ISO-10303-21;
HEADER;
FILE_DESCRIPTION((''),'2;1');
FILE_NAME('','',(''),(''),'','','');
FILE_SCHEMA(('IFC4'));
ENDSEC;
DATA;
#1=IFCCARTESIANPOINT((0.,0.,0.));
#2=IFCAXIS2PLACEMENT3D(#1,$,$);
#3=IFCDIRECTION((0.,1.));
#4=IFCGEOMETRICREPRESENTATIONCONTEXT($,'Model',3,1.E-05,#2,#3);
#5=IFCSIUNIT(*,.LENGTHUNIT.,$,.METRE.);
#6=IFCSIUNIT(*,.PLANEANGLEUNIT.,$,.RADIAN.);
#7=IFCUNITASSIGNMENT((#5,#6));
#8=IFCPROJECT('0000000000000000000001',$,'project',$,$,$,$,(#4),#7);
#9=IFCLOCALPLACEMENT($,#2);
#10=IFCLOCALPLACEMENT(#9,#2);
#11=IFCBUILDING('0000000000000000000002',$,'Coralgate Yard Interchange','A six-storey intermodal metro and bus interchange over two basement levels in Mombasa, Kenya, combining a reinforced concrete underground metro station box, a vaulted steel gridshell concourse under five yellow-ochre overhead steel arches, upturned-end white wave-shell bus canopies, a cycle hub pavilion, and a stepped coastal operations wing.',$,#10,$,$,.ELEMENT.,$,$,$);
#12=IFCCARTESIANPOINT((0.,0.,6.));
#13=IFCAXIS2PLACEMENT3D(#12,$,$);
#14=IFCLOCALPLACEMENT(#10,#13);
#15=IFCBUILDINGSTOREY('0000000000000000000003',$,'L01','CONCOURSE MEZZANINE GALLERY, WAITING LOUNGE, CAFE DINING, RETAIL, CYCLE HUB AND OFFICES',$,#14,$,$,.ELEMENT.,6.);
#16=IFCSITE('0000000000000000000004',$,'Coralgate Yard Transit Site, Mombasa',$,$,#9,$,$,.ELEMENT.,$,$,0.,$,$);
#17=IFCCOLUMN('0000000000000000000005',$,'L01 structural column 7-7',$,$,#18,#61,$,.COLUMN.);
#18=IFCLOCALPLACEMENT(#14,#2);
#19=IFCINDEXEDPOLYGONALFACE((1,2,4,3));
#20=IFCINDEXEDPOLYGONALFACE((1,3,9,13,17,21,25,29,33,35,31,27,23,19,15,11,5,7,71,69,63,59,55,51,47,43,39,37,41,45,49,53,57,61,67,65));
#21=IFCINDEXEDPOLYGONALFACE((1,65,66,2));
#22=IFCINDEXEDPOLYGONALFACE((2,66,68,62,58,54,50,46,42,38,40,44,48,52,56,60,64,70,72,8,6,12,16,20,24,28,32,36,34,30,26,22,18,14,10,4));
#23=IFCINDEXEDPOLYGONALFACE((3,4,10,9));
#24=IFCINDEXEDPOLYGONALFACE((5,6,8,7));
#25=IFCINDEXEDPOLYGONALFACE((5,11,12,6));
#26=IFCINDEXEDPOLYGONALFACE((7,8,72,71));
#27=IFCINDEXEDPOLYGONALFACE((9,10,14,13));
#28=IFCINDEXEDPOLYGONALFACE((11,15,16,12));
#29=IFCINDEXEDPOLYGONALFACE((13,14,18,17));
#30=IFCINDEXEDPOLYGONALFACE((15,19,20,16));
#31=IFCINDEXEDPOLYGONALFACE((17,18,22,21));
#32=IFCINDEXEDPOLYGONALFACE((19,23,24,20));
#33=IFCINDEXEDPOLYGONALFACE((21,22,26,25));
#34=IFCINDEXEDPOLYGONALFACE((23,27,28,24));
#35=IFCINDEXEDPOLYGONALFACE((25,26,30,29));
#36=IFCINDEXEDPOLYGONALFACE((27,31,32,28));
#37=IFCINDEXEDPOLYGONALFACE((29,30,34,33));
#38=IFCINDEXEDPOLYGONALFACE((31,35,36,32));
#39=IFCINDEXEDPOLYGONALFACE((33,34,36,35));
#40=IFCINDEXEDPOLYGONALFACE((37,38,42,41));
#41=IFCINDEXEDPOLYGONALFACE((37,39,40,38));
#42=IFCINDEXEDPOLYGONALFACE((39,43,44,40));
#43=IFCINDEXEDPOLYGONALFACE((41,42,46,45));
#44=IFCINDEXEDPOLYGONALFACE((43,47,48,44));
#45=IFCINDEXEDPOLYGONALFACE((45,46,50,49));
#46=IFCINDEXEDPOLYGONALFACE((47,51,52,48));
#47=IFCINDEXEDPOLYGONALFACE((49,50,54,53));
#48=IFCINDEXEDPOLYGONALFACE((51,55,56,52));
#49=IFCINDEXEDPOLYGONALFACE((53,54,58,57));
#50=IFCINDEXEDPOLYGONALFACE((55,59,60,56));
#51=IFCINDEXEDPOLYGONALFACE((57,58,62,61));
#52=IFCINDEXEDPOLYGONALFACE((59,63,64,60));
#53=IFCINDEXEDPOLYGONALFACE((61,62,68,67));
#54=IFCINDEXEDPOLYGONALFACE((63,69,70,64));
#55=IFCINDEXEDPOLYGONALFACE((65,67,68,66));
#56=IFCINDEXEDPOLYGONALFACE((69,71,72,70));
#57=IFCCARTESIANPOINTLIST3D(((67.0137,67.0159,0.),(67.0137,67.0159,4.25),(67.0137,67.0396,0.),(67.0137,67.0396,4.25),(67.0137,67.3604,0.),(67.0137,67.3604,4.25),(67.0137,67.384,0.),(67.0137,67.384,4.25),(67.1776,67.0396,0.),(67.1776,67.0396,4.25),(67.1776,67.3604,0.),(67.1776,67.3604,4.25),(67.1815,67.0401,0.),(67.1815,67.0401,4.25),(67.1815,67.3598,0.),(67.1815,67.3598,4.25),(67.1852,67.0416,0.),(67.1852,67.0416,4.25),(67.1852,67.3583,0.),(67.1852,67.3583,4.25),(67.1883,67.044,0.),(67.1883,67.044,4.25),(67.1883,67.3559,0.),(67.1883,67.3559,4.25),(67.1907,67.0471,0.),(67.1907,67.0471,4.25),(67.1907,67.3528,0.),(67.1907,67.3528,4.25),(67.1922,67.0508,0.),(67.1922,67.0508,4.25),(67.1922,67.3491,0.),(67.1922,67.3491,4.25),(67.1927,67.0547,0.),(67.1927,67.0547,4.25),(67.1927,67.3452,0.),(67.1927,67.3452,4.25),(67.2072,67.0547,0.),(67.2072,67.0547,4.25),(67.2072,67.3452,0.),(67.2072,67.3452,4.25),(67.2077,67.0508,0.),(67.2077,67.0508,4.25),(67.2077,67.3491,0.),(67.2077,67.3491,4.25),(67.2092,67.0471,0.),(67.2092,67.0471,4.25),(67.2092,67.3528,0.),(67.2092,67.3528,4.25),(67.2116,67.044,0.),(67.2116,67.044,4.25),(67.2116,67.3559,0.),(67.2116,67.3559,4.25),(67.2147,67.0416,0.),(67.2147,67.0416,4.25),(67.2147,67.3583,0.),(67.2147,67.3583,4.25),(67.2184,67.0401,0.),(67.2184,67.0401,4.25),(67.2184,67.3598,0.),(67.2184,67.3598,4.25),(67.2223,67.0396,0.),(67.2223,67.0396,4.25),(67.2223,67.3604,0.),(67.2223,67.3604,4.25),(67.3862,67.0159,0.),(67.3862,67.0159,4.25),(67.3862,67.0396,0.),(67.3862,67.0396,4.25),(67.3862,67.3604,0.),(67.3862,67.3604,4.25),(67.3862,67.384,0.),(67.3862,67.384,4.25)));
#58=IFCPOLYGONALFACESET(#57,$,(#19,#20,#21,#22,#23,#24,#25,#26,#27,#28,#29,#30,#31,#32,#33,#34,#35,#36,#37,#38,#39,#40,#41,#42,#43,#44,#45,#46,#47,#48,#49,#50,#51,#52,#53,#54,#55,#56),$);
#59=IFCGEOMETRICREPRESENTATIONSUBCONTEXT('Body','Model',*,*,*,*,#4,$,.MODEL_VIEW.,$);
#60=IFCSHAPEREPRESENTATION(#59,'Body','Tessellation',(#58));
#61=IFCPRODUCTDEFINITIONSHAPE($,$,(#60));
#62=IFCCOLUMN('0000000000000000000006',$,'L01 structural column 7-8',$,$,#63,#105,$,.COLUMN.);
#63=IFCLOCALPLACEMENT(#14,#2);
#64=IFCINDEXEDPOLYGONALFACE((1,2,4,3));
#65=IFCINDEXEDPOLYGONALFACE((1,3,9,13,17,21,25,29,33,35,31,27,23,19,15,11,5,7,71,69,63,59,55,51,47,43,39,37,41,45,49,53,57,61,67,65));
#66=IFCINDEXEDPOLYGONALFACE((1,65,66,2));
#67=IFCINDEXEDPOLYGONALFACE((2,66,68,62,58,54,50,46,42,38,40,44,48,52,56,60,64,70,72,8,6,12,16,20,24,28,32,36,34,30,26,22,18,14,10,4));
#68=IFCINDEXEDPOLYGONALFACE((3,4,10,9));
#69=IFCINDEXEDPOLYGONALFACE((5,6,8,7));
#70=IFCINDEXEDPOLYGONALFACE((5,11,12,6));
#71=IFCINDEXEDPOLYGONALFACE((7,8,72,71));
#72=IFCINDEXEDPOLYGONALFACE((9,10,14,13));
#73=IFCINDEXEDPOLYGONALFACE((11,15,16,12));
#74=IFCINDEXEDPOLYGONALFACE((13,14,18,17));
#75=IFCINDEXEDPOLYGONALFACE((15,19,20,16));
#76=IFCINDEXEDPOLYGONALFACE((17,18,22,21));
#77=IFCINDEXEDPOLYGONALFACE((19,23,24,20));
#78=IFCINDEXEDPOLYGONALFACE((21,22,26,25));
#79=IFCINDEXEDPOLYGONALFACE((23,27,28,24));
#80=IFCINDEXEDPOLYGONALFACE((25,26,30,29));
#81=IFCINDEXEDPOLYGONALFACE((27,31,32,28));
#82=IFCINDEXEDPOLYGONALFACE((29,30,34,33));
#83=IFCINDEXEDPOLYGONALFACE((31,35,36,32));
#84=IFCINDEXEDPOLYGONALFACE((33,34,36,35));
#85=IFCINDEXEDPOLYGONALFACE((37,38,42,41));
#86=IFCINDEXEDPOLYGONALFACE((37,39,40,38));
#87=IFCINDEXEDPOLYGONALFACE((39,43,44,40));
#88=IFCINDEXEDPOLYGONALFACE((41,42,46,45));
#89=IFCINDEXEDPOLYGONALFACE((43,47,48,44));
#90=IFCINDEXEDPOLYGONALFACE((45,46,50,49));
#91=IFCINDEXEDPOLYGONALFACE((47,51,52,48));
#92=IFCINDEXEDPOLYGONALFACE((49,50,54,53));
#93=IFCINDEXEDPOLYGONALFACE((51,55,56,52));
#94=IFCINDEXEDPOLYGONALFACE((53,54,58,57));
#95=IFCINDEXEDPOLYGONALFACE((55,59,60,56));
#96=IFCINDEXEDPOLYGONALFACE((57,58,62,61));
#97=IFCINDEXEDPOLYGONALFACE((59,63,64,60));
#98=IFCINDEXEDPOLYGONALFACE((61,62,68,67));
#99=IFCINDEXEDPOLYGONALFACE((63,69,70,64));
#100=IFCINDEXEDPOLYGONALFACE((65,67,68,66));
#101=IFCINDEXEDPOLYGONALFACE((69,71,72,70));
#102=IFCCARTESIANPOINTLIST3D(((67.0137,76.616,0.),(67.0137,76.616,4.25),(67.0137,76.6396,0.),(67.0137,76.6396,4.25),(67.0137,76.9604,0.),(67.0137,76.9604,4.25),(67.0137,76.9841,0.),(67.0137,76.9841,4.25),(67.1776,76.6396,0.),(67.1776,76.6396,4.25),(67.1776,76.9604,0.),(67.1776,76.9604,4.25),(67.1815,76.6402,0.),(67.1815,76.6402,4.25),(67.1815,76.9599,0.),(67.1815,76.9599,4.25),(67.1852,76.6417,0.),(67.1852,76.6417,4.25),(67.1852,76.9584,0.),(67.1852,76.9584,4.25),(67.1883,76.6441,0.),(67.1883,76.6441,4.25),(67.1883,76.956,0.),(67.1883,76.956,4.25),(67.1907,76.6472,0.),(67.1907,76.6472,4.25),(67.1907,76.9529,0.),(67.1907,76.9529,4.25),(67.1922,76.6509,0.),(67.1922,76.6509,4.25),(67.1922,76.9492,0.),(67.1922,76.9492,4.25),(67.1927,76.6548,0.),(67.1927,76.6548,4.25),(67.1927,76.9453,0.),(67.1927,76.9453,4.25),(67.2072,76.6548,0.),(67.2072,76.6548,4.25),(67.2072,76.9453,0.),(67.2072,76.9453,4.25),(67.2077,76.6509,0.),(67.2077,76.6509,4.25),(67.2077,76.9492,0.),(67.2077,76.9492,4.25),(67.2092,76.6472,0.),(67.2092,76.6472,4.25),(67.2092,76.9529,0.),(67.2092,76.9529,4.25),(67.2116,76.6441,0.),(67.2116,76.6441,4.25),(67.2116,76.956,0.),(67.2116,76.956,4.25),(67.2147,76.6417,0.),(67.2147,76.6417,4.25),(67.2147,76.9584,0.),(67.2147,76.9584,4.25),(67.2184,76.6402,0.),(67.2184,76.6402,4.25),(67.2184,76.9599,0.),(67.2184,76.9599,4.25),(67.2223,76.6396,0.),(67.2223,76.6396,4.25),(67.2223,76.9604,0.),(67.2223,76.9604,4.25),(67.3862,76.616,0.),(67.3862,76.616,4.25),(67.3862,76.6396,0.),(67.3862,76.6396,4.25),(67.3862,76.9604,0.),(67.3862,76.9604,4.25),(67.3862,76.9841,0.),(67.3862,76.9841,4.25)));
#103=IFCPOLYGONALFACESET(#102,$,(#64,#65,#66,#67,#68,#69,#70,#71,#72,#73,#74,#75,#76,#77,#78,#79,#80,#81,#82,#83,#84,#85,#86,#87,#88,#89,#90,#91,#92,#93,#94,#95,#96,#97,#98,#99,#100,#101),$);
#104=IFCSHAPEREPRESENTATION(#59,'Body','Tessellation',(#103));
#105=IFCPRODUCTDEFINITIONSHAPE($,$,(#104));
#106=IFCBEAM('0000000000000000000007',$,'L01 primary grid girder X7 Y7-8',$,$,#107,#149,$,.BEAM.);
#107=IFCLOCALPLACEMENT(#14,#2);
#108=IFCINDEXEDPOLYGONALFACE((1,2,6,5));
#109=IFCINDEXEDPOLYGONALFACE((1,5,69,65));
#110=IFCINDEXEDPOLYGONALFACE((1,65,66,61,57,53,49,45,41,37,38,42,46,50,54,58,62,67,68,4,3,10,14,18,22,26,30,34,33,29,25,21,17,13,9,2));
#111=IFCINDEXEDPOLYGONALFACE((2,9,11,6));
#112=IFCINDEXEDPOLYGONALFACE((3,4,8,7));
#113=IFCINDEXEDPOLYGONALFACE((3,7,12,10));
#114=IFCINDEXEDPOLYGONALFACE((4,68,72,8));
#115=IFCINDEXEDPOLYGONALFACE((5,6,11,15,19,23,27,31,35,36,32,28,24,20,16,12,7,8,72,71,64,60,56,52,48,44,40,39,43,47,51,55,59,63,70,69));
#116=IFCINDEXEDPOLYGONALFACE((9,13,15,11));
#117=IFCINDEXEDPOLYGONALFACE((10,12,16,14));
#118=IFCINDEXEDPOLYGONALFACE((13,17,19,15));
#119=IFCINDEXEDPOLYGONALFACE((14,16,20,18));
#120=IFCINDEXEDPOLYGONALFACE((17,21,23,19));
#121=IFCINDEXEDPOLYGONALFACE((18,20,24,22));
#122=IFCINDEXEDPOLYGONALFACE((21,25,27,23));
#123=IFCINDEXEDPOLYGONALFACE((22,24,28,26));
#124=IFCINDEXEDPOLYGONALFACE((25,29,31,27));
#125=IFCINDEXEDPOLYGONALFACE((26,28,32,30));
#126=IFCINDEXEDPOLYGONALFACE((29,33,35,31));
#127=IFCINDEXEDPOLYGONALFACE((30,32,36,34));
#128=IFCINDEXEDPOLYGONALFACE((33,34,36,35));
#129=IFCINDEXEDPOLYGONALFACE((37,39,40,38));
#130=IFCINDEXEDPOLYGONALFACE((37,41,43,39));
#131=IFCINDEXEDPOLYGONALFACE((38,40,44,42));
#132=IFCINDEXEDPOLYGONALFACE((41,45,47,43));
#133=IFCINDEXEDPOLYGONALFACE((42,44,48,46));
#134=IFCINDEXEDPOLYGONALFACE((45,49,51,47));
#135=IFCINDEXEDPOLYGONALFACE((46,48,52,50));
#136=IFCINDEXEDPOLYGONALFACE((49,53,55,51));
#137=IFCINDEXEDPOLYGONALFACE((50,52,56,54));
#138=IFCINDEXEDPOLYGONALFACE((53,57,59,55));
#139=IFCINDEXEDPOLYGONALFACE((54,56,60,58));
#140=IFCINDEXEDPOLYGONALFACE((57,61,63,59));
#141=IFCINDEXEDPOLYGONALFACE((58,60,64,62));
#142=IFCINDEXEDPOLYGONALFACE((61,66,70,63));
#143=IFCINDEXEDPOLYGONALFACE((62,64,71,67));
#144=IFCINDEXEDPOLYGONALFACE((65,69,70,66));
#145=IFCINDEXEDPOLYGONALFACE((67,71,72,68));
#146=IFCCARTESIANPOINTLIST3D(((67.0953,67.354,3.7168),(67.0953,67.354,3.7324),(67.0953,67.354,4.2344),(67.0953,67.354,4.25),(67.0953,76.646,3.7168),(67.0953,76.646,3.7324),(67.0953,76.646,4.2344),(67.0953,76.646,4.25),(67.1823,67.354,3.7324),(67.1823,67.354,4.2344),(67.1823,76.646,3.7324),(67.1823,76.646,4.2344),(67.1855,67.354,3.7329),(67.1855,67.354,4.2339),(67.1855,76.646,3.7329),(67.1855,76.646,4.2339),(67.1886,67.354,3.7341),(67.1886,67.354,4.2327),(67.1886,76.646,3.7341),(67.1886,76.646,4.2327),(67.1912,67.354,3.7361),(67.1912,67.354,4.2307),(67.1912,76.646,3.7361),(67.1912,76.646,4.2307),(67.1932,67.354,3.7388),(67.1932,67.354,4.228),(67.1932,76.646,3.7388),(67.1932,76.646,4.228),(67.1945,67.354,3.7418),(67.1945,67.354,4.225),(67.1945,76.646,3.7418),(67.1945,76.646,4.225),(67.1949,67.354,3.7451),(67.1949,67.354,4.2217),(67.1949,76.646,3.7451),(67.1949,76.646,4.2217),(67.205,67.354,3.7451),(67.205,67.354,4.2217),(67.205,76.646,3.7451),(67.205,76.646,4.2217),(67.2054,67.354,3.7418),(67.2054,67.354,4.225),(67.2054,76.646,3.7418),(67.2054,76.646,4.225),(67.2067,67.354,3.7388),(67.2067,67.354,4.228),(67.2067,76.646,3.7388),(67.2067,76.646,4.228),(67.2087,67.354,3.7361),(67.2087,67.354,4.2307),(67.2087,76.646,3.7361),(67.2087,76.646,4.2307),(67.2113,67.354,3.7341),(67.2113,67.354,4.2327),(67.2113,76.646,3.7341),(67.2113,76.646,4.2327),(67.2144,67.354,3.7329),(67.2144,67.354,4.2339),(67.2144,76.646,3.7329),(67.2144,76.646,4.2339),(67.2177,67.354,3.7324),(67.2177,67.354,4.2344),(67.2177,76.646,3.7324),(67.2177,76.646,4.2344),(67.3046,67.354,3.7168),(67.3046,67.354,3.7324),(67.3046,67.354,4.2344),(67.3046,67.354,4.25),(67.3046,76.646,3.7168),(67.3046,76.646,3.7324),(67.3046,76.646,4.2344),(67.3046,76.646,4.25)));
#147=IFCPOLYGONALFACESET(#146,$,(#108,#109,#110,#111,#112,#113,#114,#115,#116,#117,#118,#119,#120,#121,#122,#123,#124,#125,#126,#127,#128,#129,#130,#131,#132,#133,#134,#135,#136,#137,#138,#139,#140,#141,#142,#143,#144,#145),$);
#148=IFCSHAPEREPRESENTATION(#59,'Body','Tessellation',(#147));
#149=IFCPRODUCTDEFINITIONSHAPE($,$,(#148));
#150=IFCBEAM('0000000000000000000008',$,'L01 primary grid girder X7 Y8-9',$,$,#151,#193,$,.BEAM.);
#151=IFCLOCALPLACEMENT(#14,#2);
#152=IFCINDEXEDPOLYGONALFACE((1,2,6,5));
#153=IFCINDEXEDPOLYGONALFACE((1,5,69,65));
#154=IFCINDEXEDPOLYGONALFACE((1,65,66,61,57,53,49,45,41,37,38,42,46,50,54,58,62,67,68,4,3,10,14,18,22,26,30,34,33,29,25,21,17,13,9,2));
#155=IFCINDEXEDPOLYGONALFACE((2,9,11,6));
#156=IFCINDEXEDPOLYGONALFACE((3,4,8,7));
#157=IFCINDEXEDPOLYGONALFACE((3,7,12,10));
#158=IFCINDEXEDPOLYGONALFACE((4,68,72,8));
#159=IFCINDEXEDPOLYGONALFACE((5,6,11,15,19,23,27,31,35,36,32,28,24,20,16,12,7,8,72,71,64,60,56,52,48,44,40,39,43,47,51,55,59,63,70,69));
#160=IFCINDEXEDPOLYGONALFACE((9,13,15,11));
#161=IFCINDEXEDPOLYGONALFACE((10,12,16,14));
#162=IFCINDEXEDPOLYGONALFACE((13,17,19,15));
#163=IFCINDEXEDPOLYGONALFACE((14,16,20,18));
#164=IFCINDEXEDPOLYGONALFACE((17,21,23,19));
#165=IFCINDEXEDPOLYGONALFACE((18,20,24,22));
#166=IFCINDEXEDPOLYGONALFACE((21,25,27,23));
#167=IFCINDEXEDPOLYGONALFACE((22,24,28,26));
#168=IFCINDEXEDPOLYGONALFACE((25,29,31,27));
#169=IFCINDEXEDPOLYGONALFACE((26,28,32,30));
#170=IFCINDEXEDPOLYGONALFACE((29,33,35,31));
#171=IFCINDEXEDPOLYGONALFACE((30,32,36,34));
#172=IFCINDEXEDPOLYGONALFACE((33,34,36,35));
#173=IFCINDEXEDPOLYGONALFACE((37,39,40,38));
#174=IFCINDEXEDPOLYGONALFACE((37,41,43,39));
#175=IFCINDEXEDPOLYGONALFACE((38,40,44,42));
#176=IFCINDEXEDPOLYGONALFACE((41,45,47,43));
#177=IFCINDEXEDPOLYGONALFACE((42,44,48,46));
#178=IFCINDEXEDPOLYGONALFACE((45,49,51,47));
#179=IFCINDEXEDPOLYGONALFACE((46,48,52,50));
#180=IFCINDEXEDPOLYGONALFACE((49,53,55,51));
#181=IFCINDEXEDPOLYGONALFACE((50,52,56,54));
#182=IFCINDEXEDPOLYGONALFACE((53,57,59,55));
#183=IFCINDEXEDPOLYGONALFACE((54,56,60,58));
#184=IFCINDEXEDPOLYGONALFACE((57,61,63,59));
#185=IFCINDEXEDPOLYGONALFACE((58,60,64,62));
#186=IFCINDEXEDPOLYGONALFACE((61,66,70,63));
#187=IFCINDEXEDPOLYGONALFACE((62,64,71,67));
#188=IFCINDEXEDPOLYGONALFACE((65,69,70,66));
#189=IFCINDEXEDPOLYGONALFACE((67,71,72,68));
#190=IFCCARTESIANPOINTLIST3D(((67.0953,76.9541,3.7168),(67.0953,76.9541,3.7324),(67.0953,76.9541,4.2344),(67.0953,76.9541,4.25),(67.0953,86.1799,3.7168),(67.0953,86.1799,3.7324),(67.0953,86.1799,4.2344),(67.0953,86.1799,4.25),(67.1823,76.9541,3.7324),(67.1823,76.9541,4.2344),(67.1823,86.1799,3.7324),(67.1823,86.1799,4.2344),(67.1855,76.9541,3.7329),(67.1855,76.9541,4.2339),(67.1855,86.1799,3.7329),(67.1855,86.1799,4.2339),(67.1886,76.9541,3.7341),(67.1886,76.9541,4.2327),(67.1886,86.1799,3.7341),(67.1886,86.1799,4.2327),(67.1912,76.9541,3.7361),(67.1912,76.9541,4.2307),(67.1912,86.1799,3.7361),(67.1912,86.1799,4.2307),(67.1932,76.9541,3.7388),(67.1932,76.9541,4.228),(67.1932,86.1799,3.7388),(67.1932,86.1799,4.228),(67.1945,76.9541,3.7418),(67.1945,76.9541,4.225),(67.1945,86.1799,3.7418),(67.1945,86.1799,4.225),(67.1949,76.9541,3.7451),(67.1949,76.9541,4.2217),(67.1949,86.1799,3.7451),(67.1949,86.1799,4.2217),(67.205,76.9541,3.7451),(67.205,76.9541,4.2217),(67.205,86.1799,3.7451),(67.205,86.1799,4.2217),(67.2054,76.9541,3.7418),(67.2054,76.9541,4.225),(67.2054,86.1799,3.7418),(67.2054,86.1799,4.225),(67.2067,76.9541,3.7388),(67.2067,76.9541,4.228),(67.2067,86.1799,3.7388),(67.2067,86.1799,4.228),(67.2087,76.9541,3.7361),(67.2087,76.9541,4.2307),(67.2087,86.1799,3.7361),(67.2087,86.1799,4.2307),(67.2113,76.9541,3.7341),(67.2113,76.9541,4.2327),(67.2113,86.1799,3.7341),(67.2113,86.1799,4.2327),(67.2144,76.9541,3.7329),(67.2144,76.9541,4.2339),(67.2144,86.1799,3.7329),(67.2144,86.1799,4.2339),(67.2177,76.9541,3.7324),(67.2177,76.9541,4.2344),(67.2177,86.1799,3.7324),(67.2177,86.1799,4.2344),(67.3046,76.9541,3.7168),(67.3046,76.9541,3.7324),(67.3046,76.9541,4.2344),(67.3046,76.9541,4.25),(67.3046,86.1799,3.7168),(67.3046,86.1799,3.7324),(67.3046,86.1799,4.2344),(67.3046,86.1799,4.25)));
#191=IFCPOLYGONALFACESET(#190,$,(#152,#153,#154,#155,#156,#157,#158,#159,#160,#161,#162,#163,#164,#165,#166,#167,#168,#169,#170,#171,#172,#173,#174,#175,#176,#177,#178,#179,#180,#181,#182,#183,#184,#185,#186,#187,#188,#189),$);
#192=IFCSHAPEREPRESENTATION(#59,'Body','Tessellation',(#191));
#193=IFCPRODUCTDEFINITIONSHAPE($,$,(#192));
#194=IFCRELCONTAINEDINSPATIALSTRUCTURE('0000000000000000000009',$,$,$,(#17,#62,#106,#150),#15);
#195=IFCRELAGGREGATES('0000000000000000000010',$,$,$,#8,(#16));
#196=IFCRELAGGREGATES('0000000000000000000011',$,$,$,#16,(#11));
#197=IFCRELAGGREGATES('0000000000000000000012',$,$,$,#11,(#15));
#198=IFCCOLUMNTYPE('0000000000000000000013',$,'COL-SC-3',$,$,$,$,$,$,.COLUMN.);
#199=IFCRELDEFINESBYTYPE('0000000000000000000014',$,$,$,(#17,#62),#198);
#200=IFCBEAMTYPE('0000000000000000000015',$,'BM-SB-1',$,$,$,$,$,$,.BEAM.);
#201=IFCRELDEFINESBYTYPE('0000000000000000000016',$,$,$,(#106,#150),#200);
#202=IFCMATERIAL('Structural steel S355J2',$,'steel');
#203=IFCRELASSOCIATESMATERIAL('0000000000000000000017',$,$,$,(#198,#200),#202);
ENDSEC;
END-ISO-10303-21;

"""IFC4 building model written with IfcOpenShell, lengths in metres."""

from ifc_helpers import new_model, si_unit, direction, frame, origin, origin_2d, place, context, subcontext, project, spatial, i_section, extrude, material, material_profile, profile_set, type_object, element, save


model = new_model("IFC4")

# Units and contexts
model_context = context("Model", 3, precision=1e-05, world=origin(), true_north=direction((0.0, 1.0)))
body_context = subcontext(model_context, "Body", "Model", "MODEL_VIEW")
ifc_project = project(units=[si_unit("LENGTHUNIT", "METRE"), si_unit("PLANEANGLEUNIT", "RADIAN")], contexts=[model_context])

# Site, building, storey
site_placement = place(None, origin())
site = spatial("IfcSite", under=ifc_project, at=site_placement, Name="Coralgate Yard Transit Site, Mombasa", CompositionType="ELEMENT", RefElevation=0.0)
building_placement = place(site_placement, origin())
building = spatial("IfcBuilding", under=site, at=building_placement, Name="Coralgate Yard Interchange", Description="A six-storey intermodal metro and bus interchange over two basement levels in Mombasa, Kenya, combining a reinforced concrete underground metro station box, a vaulted steel gridshell concourse under five yellow-ochre overhead steel arches, upturned-end white wave-shell bus canopies, a cycle hub pavilion, and a stepped coastal operations wing.", CompositionType="ELEMENT")
storey_placement = place(building_placement, frame((0.0, 0.0, 6.0)))
storey = spatial("IfcBuildingStorey", under=building, at=storey_placement, Name="L01", Description="CONCOURSE MEZZANINE GALLERY, WAITING LOUNGE, CAFE DINING, RETAIL, CYCLE HUB AND OFFICES", CompositionType="ELEMENT", Elevation=6.0)

# Columns
ifc_material_1 = material(Name="Structural steel S355J2", Category="steel")
ifc_material_profile_1 = material_profile(ifc_material_1, i_section(OverallWidth=0.3726, OverallDepth=0.3682, WebThickness=0.0144, FlangeThickness=0.0237, FilletRadius=0.0151, at=origin_2d()), Name="UC 356x368x177")
ifc_profile_set_1 = profile_set([ifc_material_profile_1], Name="Structural steel S355J2")
column_type = type_object("IfcColumnType", Name="COL-SC-3", PredefinedType="COLUMN", material=ifc_profile_set_1)
for number, where, z_axis, x_axis, name in (
    (1, (67.2, 67.2, 0.0), (0.0, 0.0, 1.0), (1.0, 0.0, 0.0), "L01 structural column 7-7"),
    (2, (67.2, 76.8, 0.0), (0.0, 0.0, 1.0), (1.0, 0.0, 0.0), "L01 structural column 7-8"),
):
    element("IfcColumn", number, at=place(storey_placement, frame(where, z_axis=z_axis, x_axis=x_axis)), inside=storey, type_object=column_type, Name=name, PredefinedType="COLUMN", context=body_context, shape_type="SweptSolid", body=[
        extrude(i_section(OverallWidth=0.3726, OverallDepth=0.3682, WebThickness=0.0144, FlangeThickness=0.0237, FilletRadius=0.0151, at=origin_2d()), origin(), (0.0, 0.0, 1.0), 4.25),
    ])

# Beams
ifc_material_profile_2 = material_profile(ifc_material_1, i_section(OverallWidth=0.2092, OverallDepth=0.5332, WebThickness=0.01, FlangeThickness=0.0156, FilletRadius=0.0127, at=origin_2d()), Name="UB 533x210x92")
ifc_profile_set_2 = profile_set([ifc_material_profile_2], Name="Structural steel S355J2")
beam_type_1 = type_object("IfcBeamType", Name="BM-SB-1", PredefinedType="BEAM", material=ifc_profile_set_2)
beam_1_placement = place(storey_placement, frame((67.2, 67.354, 3.9834), z_axis=(0.0, 1.0, 0.0), x_axis=(-1.0, 0.0, 0.0)))
element("IfcBeam", 3, at=beam_1_placement, inside=storey, type_object=beam_type_1, Name="L01 primary grid girder X7 Y7-8", PredefinedType="BEAM", context=body_context, shape_type="SweptSolid", body=[
    extrude(i_section(OverallWidth=0.2092, OverallDepth=0.5332, WebThickness=0.01, FlangeThickness=0.0156, FilletRadius=0.0127, at=origin_2d()), origin(), (0.0, 0.0, 1.0), 9.292),
])
beam_2_placement = place(storey_placement, frame((67.2, 76.9541, 3.9834), z_axis=(0.0, 1.0, 0.0), x_axis=(-1.0, 0.0, 0.0)))
element("IfcBeam", 4, at=beam_2_placement, inside=storey, type_object=beam_type_1, Name="L01 primary grid girder X7 Y8-9", PredefinedType="BEAM", context=body_context, shape_type="SweptSolid", body=[
    extrude(i_section(OverallWidth=0.2092, OverallDepth=0.5332, WebThickness=0.01, FlangeThickness=0.0156, FilletRadius=0.0127, at=origin_2d()), origin(), (0.0, 0.0, 1.0), 9.2258),
])

save(model, "model.ifc")
